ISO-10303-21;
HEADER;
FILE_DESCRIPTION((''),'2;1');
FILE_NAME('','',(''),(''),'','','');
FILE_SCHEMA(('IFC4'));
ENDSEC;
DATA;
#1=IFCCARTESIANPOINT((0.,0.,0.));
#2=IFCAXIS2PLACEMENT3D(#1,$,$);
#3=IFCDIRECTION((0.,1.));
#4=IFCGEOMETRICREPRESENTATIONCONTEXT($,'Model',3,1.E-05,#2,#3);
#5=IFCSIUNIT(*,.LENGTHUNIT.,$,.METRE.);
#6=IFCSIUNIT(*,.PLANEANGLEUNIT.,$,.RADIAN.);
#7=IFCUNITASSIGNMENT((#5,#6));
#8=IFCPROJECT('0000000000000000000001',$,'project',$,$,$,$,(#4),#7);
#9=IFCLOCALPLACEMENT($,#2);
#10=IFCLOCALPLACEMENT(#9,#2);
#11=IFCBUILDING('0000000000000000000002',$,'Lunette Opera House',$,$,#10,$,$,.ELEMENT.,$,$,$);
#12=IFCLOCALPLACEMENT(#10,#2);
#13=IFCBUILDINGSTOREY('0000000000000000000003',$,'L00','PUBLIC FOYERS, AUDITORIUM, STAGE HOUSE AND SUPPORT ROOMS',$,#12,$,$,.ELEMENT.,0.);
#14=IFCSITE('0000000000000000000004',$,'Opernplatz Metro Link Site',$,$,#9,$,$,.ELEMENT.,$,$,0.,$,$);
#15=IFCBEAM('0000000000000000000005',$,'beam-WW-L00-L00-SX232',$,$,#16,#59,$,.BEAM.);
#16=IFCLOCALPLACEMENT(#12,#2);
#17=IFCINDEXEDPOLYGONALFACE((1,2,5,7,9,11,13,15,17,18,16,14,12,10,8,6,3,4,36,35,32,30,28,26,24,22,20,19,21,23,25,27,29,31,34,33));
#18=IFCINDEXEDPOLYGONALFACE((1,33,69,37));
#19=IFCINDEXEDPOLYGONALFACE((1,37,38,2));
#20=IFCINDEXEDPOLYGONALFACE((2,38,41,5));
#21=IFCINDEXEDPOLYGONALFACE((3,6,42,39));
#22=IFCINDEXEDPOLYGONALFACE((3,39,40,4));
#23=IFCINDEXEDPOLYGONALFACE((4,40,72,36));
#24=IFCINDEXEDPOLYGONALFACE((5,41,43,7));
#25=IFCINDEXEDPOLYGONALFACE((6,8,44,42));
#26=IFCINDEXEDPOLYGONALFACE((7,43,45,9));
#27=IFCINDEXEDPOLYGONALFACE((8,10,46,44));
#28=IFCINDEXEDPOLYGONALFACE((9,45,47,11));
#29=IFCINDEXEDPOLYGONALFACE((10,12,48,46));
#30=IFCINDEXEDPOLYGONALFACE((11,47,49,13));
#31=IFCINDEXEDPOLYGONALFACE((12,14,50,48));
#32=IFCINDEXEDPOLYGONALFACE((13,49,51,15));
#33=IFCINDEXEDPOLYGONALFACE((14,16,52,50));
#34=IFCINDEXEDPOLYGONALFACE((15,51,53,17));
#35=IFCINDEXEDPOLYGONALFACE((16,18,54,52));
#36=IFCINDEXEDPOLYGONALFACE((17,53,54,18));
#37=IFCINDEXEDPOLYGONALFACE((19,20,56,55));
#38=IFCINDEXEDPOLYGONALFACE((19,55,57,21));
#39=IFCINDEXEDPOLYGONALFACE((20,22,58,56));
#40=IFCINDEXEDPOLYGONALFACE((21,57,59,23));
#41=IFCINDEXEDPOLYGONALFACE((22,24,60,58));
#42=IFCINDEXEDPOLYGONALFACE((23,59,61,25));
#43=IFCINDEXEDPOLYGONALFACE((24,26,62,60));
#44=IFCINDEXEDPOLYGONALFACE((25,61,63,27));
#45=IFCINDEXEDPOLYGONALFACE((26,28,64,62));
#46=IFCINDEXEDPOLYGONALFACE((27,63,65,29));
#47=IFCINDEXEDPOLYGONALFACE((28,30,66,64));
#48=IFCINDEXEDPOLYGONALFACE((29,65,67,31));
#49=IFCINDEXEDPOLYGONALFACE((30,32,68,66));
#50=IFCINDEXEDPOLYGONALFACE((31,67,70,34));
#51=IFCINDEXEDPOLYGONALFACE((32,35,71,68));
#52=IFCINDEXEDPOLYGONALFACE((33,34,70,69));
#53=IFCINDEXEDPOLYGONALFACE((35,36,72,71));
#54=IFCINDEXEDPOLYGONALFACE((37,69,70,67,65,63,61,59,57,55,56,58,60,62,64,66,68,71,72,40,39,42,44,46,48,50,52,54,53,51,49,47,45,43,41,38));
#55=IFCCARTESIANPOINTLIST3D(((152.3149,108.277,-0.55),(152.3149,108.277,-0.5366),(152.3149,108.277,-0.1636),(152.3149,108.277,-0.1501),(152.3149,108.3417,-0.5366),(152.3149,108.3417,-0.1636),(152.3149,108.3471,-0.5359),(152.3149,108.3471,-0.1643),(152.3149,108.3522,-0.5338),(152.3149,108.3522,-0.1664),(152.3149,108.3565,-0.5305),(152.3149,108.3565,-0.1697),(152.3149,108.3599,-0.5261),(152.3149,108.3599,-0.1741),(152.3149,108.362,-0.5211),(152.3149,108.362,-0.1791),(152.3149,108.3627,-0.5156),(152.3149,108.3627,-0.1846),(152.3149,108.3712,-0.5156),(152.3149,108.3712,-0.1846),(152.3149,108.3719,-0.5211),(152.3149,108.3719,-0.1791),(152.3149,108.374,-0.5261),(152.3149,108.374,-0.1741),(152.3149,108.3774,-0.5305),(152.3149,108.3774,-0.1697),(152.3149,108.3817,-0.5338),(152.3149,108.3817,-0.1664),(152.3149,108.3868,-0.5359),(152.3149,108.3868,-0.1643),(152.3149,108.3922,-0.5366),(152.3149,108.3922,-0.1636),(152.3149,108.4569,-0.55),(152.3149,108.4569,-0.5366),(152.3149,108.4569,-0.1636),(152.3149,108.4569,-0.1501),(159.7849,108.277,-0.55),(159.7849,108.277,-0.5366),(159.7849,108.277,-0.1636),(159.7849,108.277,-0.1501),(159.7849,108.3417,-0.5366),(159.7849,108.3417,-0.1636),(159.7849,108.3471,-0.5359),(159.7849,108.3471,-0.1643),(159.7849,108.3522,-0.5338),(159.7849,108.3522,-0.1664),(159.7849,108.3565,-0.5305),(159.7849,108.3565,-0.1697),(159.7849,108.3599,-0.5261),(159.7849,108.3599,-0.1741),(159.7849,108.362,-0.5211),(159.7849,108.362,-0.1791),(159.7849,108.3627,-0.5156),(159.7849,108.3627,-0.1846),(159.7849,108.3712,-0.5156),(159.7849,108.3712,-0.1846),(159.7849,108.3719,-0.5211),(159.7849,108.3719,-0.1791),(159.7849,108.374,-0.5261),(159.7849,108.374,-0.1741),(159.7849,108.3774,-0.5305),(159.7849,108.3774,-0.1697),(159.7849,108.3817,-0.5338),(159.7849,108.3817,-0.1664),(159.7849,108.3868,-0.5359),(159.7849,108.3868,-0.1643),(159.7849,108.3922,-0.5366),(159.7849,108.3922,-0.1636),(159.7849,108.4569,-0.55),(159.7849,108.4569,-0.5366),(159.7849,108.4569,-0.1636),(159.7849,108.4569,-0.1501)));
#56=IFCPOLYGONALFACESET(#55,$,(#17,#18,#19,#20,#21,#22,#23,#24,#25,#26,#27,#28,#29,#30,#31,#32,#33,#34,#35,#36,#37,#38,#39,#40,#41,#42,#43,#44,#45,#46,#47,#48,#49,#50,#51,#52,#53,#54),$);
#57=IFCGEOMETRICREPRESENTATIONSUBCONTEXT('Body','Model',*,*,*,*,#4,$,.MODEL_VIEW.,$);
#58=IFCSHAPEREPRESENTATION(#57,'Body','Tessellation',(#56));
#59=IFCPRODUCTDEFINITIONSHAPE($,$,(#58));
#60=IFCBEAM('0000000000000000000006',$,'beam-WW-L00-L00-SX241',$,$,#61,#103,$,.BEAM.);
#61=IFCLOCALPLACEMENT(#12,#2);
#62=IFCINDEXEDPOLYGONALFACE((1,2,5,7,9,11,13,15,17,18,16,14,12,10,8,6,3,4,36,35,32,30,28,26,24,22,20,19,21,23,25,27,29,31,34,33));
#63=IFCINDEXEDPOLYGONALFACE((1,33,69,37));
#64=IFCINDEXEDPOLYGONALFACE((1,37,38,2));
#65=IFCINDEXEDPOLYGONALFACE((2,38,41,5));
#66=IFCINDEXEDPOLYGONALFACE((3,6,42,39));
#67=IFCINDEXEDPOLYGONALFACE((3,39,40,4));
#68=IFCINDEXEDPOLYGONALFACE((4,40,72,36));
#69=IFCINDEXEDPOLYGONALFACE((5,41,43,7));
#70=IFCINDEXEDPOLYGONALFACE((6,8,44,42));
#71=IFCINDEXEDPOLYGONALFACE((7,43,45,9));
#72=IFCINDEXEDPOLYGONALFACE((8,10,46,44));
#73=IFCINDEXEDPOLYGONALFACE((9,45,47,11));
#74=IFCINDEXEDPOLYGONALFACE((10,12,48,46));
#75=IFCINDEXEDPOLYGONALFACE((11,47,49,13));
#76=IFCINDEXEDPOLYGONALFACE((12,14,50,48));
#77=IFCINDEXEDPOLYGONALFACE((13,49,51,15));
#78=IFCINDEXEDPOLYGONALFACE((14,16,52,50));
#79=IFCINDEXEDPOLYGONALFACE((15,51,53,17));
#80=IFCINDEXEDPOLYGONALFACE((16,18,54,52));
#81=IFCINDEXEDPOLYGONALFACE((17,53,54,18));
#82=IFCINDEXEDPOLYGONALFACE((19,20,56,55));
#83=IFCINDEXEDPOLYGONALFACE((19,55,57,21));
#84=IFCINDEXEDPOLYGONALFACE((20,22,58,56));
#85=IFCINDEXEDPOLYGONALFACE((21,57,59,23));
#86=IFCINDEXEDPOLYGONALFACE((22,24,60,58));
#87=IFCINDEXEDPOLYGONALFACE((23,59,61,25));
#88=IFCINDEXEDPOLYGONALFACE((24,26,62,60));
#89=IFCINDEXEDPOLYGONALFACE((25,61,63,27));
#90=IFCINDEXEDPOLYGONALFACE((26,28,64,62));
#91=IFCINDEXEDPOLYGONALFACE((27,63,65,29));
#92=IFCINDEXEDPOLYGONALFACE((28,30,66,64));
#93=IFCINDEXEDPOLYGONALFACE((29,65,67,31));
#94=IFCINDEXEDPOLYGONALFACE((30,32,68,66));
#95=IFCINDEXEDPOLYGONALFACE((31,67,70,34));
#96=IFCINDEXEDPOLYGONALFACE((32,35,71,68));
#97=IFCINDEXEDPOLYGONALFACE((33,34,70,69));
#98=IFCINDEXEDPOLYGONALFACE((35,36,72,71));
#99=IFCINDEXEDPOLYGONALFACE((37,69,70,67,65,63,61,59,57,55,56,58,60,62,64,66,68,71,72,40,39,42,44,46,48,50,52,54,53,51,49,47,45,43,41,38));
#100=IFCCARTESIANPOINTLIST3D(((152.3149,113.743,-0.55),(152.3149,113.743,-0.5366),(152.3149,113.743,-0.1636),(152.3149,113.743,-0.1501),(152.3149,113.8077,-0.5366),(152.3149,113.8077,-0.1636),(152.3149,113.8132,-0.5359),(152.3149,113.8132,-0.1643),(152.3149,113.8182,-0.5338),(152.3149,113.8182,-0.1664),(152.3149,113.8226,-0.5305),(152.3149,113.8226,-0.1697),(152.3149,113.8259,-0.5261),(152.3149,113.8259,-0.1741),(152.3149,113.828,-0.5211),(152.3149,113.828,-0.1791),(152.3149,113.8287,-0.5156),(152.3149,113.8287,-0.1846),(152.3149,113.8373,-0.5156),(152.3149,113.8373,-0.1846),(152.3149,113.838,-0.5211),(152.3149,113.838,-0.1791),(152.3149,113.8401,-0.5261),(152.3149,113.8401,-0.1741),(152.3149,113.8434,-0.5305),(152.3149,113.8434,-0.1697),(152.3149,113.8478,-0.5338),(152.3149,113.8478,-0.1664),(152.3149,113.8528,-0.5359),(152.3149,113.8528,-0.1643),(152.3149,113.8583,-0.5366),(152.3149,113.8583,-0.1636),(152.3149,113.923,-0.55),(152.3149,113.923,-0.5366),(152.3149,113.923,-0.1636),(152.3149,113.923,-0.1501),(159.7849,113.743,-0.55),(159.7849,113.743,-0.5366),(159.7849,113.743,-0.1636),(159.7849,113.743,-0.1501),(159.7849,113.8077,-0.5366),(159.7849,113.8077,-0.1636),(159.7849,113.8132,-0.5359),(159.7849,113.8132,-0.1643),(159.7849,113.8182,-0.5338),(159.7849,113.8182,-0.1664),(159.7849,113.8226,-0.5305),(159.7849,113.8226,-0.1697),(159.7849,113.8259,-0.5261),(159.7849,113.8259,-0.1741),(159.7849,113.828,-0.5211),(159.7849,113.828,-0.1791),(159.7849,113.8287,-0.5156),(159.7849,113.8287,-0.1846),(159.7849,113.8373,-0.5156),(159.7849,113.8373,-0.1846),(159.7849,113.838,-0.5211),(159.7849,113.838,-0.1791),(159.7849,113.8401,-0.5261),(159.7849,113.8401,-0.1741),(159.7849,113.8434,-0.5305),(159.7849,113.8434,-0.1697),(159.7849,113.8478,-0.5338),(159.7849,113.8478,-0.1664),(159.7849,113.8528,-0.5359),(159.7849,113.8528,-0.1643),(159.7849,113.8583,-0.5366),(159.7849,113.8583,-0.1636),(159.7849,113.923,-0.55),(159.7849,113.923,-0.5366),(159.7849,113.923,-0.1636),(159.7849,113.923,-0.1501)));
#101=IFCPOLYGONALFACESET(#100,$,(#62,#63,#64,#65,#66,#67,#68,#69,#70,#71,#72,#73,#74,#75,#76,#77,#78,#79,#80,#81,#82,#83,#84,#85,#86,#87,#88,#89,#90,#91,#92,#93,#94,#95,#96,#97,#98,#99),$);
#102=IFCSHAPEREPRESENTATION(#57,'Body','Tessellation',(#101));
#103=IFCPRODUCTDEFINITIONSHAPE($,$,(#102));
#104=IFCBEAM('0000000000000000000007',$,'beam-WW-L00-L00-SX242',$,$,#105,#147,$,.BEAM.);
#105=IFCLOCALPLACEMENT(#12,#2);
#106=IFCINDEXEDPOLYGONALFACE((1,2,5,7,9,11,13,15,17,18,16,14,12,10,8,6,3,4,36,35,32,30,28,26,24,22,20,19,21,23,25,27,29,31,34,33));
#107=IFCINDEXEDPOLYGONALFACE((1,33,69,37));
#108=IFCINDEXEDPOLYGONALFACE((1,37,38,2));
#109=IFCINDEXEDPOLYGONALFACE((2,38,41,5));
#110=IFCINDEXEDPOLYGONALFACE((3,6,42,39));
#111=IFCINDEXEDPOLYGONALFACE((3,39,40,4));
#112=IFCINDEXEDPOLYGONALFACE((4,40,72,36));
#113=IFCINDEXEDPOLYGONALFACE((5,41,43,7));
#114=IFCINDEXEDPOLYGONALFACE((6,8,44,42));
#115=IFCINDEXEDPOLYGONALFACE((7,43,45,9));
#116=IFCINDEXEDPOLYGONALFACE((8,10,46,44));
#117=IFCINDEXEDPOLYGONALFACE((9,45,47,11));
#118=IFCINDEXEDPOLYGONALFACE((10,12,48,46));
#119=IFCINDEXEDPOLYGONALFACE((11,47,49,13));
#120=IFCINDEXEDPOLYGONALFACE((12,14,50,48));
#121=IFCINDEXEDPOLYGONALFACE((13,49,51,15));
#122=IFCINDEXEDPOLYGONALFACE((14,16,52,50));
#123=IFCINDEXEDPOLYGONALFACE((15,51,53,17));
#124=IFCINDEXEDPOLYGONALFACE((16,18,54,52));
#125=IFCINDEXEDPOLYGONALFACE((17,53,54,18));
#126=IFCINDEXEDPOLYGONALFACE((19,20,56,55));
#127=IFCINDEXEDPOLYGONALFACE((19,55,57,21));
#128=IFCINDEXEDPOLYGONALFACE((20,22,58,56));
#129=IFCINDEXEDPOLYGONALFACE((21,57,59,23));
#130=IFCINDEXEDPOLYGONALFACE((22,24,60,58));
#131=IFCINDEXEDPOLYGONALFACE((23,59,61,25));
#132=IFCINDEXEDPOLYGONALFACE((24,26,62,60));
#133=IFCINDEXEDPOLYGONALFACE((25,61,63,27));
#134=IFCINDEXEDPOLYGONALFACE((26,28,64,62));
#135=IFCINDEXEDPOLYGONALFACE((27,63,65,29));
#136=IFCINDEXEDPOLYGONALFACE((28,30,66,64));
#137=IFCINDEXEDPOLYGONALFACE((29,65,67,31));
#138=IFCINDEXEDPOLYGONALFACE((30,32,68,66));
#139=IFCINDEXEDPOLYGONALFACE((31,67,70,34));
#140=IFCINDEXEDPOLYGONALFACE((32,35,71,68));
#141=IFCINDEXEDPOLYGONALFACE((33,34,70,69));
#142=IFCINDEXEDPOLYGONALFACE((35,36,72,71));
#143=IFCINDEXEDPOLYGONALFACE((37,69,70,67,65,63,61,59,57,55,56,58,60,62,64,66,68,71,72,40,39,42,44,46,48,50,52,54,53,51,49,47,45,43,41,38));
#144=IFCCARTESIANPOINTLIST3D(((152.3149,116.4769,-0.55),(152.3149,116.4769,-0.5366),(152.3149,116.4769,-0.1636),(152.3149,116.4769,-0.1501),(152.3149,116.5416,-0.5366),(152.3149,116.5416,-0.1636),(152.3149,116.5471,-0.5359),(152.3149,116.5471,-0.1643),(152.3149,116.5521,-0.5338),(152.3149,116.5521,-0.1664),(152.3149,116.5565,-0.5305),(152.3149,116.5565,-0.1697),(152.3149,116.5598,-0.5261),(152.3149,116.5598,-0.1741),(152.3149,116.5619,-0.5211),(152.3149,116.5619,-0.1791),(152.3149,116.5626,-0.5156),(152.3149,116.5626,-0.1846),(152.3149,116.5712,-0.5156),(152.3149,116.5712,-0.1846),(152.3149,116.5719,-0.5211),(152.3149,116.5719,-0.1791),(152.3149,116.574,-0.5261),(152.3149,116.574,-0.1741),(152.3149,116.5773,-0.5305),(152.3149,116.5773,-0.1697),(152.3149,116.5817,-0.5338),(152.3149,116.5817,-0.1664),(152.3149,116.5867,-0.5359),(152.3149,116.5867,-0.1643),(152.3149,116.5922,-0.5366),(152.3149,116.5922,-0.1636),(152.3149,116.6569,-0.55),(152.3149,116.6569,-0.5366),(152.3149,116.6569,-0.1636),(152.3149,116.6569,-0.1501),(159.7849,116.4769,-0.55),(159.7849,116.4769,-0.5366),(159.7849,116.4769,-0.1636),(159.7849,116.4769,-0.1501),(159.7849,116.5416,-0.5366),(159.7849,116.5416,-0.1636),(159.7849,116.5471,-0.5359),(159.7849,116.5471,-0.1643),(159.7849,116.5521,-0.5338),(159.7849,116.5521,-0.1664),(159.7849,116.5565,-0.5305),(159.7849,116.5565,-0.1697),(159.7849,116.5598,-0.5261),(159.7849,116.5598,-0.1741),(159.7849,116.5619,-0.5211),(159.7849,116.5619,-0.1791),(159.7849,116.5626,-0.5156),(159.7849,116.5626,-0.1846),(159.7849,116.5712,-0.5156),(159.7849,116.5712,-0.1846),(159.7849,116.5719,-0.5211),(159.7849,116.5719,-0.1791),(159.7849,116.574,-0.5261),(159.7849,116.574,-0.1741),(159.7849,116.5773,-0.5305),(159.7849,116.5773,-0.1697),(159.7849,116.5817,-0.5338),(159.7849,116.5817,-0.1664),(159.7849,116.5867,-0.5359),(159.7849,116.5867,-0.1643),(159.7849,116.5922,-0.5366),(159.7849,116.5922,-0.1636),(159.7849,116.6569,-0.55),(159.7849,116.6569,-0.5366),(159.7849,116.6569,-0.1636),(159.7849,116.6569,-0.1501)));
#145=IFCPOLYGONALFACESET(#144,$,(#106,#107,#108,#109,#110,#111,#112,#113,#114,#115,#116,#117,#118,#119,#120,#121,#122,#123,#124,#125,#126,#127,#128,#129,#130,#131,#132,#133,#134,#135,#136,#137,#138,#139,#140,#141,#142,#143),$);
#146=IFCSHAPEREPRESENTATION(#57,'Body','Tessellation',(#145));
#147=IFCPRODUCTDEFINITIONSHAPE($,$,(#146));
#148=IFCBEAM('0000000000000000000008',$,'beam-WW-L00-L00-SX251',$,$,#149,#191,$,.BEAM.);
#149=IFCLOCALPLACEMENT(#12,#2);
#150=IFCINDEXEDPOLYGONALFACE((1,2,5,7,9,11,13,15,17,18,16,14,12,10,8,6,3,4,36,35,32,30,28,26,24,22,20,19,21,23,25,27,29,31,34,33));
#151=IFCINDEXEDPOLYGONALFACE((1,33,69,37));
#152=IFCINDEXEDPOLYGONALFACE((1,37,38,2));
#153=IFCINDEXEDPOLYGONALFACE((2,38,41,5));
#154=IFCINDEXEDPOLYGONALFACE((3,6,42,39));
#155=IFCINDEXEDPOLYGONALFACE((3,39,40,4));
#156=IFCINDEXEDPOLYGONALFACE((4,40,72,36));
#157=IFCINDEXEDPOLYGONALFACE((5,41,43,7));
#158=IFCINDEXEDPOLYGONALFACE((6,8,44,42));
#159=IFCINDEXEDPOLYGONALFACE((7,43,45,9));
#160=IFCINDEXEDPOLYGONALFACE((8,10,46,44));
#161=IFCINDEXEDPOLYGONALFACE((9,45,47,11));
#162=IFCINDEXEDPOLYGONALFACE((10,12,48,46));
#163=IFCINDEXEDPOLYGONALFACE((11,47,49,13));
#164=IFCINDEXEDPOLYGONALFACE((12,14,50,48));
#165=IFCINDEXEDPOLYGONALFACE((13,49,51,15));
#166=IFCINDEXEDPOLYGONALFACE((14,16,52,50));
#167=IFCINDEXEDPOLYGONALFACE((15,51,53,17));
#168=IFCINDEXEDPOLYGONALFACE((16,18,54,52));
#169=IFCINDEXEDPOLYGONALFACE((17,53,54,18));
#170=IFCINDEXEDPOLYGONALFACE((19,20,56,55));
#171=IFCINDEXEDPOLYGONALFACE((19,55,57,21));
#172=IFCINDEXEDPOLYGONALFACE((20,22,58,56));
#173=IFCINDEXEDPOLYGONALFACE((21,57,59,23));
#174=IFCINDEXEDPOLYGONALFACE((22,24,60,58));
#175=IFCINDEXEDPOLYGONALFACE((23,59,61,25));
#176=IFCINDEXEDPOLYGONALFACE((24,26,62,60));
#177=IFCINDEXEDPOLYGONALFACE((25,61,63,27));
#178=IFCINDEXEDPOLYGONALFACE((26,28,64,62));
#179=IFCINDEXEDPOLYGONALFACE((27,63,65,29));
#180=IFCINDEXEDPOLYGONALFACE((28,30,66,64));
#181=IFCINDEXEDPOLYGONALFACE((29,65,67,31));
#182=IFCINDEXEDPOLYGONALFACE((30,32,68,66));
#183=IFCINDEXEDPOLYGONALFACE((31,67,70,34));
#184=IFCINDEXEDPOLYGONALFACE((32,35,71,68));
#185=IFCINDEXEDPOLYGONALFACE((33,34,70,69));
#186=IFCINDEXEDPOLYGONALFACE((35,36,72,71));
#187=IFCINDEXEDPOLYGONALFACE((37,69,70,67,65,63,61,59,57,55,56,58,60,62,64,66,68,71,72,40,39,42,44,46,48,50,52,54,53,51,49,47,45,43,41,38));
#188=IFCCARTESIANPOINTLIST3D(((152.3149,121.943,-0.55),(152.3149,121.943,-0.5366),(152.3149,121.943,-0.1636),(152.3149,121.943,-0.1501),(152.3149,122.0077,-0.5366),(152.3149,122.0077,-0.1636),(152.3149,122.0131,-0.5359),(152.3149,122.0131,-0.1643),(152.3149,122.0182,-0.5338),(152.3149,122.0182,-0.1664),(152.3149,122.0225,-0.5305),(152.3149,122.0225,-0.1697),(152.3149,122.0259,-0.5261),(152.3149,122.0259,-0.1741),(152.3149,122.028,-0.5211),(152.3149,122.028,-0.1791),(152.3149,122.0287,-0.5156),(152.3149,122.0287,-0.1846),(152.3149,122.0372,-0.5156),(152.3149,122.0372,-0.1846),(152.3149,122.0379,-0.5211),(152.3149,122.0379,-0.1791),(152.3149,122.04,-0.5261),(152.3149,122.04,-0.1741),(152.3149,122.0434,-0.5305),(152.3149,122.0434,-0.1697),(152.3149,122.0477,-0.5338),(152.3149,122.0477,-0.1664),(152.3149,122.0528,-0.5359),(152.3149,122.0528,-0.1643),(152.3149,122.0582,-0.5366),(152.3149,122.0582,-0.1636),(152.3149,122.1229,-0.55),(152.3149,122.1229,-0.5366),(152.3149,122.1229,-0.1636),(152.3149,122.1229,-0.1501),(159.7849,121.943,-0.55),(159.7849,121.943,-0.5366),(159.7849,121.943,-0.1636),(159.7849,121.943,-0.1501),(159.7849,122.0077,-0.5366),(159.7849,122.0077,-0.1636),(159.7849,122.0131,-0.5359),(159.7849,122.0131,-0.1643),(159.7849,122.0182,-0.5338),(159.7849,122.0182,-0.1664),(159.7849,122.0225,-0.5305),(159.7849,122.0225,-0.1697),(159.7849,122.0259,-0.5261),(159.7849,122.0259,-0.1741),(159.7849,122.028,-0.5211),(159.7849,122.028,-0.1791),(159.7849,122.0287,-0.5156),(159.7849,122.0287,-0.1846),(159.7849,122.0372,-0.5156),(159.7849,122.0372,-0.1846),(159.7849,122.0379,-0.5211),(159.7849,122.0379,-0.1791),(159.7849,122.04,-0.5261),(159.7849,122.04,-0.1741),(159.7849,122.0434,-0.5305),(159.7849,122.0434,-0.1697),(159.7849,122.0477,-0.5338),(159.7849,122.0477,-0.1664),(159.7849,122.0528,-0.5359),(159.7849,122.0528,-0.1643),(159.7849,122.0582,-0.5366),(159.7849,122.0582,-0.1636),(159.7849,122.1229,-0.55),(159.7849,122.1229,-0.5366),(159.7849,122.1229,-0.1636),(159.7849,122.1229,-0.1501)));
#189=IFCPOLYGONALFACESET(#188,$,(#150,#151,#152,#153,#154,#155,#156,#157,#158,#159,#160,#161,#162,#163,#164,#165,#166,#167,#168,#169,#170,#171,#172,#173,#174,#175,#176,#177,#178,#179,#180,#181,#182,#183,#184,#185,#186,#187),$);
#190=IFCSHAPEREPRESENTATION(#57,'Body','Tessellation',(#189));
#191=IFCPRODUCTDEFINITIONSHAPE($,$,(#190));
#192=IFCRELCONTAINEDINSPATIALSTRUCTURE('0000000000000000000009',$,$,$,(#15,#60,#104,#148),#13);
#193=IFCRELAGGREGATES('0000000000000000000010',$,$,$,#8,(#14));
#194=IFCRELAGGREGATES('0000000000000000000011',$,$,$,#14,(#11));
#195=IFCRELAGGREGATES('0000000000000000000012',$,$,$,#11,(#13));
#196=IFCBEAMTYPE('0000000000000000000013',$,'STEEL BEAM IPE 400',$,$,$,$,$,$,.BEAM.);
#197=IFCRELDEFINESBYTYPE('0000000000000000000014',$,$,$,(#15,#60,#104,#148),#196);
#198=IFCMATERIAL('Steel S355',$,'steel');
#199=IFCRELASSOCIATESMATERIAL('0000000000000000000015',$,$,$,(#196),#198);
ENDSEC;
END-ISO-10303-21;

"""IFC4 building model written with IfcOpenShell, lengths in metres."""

from ifc_helpers import new_model, si_unit, direction, frame, origin, origin_2d, place, context, subcontext, project, spatial, i_section, extrude, material, material_profile, profile_set, type_object, element, save


model = new_model("IFC4")

# Units and contexts
model_context = context("Model", 3, precision=1e-05, world=origin(), true_north=direction((0.0, 1.0)))
body_context = subcontext(model_context, "Body", "Model", "MODEL_VIEW")
ifc_project = project(units=[si_unit("LENGTHUNIT", "METRE"), si_unit("PLANEANGLEUNIT", "RADIAN")], contexts=[model_context])

# Site, building, storey
site_placement = place(None, origin())
site = spatial("IfcSite", under=ifc_project, at=site_placement, Name="Opernplatz Metro Link Site", CompositionType="ELEMENT", RefElevation=0.0)
building_placement = place(site_placement, origin())
building = spatial("IfcBuilding", under=site, at=building_placement, Name="Lunette Opera House", CompositionType="ELEMENT")
storey_placement = place(building_placement, origin())
storey = spatial("IfcBuildingStorey", under=building, at=storey_placement, Name="L00", Description="PUBLIC FOYERS, AUDITORIUM, STAGE HOUSE AND SUPPORT ROOMS", CompositionType="ELEMENT", Elevation=0.0)

# Beams
ifc_material_1 = material(Name="Steel S355", Category="steel")
ifc_material_profile_1 = material_profile(ifc_material_1, i_section(OverallWidth=0.1799, OverallDepth=0.3999, WebThickness=0.0085, FlangeThickness=0.0134, FilletRadius=0.021, at=origin_2d()), Name="IPE 400")
ifc_profile_set_1 = profile_set([ifc_material_profile_1], Name="Steel S355")
beam_type_1 = type_object("IfcBeamType", Name="STEEL BEAM IPE 400", PredefinedType="BEAM", material=ifc_profile_set_1)
for number, where, z_axis, x_axis, name in (
    (1, (152.3149, 108.3669, -0.3501), (1.0, 0.0, 0.0), (0.0, 1.0, 0.0), "beam-WW-L00-L00-SX232"),
    (2, (152.3149, 113.833, -0.3501), (1.0, 0.0, 0.0), (0.0, 1.0, 0.0), "beam-WW-L00-L00-SX241"),
    (3, (152.3149, 116.5669, -0.3501), (1.0, 0.0, 0.0), (0.0, 1.0, 0.0), "beam-WW-L00-L00-SX242"),
    (4, (152.3149, 122.033, -0.3501), (1.0, 0.0, 0.0), (0.0, 1.0, 0.0), "beam-WW-L00-L00-SX251"),
):
    element("IfcBeam", number, at=place(storey_placement, frame(where, z_axis=z_axis, x_axis=x_axis)), inside=storey, type_object=beam_type_1, Name=name, PredefinedType="BEAM", context=body_context, shape_type="SweptSolid", body=[
        extrude(i_section(OverallWidth=0.1799, OverallDepth=0.3999, WebThickness=0.0085, FlangeThickness=0.0134, FilletRadius=0.021, at=origin_2d()), origin(), (0.0, 0.0, 1.0), 7.47),
    ])

save(model, "model.ifc")
